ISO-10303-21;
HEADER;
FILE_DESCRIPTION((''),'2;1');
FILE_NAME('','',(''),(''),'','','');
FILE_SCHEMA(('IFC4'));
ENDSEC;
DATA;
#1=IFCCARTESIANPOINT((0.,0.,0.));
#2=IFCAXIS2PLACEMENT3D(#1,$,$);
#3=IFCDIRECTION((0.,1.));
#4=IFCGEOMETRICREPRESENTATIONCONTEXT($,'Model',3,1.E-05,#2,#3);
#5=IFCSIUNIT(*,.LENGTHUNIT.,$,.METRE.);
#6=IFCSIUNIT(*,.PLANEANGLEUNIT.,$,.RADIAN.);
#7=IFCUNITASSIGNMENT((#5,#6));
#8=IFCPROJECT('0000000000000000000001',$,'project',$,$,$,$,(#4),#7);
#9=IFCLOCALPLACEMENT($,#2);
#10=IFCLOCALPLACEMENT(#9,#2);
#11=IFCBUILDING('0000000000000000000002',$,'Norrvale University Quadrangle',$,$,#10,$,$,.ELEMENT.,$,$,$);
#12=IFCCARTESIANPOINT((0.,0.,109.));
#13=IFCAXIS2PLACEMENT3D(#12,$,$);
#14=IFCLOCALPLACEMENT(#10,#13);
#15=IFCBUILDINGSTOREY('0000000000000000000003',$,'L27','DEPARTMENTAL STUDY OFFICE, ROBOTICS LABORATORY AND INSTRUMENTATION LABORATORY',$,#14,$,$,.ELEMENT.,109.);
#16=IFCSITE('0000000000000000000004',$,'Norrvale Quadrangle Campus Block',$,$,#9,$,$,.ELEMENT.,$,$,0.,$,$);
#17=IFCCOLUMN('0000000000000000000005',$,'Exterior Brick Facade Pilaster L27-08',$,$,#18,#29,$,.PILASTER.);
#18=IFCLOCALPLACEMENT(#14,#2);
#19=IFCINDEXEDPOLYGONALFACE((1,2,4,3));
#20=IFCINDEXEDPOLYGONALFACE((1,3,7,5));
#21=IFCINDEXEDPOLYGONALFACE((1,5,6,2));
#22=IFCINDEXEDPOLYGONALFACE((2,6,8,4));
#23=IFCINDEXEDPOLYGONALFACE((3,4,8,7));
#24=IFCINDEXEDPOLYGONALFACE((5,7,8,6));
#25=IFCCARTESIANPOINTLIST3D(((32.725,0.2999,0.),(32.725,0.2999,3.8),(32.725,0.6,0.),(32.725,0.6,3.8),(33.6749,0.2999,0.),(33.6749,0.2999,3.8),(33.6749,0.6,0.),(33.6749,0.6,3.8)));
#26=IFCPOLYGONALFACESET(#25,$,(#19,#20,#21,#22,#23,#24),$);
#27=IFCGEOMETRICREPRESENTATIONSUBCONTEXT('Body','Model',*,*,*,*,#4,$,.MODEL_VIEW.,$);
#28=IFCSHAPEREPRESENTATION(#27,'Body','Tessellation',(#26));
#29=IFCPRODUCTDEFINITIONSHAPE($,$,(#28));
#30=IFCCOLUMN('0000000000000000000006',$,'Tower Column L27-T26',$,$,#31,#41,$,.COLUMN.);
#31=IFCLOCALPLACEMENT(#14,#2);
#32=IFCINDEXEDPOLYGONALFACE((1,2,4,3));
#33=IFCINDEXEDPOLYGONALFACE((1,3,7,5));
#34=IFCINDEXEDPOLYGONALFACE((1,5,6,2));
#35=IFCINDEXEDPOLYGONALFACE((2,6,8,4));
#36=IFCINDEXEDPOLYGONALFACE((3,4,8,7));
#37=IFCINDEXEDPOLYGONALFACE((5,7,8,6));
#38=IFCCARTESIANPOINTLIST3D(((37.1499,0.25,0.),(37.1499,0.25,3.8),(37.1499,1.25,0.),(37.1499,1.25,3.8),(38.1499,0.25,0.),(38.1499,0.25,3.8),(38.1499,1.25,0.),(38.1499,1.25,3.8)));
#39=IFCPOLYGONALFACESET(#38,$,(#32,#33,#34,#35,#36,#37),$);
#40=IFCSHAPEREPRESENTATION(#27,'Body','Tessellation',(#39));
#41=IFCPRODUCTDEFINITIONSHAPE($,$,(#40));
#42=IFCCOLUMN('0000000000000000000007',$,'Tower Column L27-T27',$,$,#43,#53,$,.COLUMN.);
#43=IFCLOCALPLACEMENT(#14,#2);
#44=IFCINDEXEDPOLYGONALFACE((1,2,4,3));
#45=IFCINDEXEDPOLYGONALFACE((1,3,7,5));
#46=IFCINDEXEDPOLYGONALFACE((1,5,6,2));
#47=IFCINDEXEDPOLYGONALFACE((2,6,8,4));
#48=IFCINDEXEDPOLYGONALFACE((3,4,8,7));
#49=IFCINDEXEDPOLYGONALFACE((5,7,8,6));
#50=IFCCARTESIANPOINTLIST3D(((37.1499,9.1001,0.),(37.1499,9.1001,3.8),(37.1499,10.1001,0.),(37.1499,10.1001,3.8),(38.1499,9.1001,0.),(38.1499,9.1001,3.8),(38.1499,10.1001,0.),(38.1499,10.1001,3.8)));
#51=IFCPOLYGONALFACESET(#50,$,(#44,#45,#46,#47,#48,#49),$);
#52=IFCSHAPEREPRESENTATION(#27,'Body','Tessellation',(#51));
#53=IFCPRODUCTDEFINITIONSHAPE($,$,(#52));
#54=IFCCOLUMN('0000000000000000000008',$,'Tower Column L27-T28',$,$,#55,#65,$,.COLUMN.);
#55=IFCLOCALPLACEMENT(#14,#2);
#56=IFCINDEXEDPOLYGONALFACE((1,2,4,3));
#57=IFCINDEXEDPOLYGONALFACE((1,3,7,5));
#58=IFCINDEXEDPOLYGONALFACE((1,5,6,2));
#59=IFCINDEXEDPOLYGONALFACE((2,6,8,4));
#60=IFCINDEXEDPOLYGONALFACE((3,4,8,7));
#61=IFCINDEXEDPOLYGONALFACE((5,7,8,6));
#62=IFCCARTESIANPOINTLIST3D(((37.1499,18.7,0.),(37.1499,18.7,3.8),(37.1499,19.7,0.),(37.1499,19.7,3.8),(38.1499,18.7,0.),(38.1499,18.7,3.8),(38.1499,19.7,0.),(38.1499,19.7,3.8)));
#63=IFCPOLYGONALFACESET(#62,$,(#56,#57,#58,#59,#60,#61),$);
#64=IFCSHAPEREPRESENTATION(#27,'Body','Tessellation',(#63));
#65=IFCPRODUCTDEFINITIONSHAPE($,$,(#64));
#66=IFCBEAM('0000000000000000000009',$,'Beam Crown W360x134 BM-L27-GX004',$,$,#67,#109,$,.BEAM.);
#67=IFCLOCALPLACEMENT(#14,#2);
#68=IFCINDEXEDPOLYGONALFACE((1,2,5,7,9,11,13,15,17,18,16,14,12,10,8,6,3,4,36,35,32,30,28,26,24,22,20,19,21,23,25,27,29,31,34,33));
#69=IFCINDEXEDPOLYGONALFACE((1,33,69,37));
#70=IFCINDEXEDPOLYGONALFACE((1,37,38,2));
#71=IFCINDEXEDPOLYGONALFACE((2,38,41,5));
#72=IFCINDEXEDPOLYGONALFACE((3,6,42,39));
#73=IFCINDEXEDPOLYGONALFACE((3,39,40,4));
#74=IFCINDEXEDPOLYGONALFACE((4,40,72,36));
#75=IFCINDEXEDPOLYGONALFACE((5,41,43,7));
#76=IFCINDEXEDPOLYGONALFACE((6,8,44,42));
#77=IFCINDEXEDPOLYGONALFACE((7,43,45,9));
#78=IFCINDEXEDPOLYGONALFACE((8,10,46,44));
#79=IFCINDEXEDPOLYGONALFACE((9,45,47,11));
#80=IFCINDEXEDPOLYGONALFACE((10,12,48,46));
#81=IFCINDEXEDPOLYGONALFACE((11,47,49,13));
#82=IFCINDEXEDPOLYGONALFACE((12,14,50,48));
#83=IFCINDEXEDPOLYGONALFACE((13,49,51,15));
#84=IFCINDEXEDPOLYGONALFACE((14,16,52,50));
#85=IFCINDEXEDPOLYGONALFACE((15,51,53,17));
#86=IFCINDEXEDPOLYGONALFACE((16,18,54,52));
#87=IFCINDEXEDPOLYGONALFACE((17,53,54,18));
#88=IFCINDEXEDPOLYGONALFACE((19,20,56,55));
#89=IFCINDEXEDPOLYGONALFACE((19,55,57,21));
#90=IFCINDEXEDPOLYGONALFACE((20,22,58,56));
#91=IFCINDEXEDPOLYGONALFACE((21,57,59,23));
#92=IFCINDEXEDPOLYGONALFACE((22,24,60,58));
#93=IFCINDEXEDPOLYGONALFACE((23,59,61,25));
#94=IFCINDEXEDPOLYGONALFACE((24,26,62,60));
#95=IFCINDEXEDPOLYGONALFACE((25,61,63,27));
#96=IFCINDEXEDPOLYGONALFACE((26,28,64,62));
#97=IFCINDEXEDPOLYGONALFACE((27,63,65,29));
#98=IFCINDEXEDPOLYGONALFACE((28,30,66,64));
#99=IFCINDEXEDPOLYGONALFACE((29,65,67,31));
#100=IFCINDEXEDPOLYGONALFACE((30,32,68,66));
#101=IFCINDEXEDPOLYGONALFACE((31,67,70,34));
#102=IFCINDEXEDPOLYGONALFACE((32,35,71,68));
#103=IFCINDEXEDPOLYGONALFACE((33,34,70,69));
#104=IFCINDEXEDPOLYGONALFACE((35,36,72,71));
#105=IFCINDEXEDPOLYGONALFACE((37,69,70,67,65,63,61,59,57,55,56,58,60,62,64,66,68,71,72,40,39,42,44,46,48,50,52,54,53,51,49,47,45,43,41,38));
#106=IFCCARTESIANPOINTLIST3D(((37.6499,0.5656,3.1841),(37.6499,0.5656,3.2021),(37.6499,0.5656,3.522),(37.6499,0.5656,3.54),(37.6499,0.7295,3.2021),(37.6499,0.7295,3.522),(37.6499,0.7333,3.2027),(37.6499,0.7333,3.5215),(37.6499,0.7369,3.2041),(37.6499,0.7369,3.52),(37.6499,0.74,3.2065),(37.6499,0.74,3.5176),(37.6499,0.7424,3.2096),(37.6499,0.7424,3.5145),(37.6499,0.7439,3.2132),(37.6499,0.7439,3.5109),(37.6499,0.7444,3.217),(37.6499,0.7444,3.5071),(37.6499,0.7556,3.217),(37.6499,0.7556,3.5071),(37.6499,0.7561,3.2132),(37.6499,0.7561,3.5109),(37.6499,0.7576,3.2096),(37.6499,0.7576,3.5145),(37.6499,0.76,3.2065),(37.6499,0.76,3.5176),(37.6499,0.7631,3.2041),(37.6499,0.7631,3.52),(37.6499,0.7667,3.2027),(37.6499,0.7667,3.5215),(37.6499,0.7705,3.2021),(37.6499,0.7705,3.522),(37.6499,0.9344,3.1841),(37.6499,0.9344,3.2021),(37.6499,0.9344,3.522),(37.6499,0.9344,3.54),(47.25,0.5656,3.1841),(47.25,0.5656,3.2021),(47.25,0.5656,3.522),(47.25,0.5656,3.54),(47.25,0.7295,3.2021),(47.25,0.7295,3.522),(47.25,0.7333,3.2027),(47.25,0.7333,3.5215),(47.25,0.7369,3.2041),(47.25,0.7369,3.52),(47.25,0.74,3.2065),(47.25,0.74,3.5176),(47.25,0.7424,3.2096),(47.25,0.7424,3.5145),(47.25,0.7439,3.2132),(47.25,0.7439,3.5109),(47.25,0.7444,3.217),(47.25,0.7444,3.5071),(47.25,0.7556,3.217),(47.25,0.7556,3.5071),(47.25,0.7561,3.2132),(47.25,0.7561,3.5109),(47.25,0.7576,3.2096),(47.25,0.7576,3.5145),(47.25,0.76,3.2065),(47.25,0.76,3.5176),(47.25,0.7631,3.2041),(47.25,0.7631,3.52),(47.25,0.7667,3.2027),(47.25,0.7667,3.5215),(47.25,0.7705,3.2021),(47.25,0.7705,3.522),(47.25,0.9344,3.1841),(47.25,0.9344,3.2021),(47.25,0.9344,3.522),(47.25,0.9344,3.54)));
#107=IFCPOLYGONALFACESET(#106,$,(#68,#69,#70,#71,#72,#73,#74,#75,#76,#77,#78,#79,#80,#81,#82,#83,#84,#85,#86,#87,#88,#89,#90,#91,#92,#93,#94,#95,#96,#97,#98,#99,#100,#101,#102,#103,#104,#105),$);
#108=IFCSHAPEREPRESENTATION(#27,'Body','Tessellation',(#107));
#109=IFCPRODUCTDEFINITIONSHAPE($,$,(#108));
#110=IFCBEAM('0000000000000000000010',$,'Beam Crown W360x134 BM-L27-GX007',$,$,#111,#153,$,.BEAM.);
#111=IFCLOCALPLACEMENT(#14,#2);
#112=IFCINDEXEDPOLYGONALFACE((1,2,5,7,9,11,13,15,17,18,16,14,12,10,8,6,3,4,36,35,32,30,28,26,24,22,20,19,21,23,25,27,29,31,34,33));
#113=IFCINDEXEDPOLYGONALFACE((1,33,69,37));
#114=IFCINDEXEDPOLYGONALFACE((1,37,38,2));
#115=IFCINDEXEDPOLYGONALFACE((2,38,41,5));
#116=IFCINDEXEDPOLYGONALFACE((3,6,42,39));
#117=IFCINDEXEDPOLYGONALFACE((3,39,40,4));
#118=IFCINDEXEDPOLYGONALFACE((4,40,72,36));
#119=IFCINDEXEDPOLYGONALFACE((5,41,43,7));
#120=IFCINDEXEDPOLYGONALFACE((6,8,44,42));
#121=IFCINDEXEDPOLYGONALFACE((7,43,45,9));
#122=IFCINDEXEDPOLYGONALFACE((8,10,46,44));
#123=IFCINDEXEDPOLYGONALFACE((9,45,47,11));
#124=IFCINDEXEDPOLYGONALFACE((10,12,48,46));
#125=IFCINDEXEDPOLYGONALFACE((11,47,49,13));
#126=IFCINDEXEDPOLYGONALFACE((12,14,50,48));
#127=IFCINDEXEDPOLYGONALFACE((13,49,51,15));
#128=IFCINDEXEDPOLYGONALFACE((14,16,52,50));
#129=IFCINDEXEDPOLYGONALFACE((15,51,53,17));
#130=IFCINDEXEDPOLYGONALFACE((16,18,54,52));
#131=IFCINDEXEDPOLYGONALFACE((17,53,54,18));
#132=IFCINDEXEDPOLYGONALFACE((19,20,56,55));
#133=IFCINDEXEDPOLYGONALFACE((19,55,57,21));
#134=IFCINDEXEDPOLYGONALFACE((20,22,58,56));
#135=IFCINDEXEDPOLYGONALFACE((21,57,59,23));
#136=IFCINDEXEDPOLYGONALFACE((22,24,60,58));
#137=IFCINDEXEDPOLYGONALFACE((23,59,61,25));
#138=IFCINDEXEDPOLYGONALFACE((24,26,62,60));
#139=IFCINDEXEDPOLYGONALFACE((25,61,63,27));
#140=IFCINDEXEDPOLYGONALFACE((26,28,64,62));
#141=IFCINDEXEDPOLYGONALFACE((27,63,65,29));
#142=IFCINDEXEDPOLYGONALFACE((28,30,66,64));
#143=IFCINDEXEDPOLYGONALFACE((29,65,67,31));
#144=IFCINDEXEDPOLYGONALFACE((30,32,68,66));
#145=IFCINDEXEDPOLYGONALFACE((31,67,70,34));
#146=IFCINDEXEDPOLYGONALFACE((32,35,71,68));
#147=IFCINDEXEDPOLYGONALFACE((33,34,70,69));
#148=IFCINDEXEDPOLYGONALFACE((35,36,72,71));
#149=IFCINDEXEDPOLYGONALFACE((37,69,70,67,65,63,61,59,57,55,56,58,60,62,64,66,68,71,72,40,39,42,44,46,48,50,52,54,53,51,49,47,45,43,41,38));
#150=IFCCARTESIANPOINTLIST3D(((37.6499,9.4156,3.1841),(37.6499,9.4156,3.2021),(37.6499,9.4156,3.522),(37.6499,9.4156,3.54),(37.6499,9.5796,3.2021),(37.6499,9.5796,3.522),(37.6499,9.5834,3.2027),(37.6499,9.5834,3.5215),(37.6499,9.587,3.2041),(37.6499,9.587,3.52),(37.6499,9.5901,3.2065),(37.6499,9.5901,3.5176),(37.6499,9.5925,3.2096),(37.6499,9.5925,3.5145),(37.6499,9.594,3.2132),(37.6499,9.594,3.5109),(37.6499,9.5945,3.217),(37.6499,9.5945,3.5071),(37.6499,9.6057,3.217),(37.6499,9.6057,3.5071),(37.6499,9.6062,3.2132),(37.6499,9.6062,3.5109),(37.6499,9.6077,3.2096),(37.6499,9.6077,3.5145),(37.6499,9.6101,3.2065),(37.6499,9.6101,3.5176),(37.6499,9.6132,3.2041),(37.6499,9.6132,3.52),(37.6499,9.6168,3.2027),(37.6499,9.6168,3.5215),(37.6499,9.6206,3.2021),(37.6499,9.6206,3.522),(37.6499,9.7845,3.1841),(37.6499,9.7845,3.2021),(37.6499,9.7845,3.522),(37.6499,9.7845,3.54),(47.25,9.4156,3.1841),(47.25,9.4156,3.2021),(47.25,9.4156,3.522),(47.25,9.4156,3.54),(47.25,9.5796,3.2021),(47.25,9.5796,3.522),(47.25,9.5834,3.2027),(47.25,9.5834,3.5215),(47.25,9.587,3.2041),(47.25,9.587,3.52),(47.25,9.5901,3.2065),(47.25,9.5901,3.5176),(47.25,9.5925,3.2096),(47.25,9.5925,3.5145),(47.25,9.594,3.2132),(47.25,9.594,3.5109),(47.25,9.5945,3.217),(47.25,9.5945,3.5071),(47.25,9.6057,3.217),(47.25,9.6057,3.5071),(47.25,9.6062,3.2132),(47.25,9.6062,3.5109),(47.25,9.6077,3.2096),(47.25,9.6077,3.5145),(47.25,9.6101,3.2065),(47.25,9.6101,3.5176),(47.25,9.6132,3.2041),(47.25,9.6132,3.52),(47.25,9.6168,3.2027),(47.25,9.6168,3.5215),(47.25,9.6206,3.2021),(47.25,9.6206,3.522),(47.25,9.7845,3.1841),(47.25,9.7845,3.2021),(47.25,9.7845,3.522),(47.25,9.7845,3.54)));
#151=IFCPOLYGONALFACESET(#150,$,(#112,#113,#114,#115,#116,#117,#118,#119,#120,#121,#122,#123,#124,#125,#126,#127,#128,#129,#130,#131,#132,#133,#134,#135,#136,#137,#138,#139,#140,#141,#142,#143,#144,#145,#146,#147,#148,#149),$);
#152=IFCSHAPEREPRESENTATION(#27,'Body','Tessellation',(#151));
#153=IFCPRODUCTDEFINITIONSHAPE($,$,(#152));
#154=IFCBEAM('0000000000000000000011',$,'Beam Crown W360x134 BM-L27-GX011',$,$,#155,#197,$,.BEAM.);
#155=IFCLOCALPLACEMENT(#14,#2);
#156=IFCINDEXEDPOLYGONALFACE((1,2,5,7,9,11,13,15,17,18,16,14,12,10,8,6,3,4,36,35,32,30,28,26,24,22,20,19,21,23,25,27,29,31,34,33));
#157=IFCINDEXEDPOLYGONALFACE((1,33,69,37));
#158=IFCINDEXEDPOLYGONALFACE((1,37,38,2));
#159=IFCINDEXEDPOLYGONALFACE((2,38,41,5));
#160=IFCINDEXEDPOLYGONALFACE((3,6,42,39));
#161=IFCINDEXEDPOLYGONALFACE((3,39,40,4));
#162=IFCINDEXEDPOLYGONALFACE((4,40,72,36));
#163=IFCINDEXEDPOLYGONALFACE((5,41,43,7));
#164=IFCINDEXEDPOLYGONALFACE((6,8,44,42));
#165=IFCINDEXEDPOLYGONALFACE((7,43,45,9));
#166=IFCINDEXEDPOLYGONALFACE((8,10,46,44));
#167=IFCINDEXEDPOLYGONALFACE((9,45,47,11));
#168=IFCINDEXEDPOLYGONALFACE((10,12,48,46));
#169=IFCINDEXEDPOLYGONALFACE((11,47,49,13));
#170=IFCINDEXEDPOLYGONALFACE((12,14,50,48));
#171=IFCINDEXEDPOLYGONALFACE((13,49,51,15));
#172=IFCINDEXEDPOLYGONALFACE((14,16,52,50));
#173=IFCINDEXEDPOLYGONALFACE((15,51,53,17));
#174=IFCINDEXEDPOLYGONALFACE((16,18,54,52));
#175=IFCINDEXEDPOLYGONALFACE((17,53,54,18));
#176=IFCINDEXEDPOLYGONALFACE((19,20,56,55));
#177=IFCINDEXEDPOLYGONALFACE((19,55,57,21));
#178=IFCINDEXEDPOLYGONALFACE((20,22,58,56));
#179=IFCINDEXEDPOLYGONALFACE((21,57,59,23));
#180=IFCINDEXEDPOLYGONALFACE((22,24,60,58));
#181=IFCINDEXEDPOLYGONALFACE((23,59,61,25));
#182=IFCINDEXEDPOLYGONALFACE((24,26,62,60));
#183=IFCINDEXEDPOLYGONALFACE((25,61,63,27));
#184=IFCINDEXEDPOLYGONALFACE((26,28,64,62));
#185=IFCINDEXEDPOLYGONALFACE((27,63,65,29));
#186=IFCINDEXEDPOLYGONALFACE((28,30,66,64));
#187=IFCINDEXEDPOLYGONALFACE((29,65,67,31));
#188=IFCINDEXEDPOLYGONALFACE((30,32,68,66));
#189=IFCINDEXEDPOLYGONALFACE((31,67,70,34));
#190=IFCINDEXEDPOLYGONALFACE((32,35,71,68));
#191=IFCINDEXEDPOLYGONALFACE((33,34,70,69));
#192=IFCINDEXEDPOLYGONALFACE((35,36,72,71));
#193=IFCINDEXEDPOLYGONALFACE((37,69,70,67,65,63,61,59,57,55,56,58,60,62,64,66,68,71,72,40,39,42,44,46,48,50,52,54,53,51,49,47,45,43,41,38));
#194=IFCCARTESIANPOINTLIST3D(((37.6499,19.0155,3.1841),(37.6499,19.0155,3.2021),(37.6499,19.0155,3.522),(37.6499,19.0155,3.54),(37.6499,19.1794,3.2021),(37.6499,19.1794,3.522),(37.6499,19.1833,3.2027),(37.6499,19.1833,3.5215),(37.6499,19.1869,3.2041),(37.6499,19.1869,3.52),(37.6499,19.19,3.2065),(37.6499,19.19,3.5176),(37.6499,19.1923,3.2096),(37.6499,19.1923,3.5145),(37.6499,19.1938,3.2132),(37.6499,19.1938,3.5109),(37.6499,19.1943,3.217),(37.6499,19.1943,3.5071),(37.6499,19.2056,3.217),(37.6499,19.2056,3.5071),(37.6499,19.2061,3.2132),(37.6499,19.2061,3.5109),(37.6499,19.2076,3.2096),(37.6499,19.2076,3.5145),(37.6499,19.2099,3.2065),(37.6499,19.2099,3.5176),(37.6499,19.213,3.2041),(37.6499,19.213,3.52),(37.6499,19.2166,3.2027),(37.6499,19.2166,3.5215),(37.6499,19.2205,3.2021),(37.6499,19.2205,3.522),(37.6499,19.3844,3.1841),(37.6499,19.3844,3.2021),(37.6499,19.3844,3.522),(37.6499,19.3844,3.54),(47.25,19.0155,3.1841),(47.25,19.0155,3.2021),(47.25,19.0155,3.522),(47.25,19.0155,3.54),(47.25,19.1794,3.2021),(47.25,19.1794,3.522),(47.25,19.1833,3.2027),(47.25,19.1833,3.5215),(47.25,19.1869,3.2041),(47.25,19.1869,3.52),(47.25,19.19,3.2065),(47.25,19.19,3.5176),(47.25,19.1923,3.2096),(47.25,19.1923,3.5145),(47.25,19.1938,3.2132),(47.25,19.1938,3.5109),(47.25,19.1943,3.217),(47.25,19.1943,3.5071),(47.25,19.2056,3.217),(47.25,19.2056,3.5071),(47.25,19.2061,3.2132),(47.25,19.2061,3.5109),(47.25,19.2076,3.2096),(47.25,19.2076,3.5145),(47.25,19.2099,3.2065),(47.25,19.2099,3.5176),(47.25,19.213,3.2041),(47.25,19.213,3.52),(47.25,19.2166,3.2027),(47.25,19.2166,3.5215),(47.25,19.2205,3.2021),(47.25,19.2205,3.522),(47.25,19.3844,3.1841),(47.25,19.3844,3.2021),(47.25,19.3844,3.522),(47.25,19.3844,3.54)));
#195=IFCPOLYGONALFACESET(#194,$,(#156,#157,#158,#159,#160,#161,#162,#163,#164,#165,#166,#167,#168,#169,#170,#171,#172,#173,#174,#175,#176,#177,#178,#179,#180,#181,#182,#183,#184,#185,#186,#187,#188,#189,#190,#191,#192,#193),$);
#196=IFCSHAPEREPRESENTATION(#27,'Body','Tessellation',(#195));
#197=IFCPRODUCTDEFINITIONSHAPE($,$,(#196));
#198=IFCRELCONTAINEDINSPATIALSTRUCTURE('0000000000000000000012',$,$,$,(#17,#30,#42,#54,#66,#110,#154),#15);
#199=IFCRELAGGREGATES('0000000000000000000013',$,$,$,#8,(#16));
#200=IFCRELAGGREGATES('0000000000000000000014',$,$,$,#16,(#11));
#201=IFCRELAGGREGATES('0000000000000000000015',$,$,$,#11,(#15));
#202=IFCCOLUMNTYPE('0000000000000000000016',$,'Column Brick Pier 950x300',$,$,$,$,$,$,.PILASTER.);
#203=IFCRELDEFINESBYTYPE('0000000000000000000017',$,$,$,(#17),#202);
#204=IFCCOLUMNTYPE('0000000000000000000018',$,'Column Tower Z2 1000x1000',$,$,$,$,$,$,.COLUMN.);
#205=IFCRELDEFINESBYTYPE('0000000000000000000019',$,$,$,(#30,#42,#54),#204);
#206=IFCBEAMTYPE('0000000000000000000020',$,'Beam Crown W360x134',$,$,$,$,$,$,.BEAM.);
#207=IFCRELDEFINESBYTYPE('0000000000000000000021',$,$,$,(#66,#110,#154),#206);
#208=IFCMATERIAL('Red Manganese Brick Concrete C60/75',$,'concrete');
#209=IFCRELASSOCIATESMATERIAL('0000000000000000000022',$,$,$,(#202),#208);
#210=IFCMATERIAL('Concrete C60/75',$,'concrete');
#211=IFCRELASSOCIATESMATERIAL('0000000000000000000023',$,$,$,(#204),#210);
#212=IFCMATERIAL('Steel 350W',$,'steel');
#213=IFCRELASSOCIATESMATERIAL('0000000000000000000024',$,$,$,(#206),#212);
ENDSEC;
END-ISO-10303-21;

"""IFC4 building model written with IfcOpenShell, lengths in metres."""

from ifc_helpers import new_model, si_unit, direction, frame, origin, origin_2d, place, context, subcontext, project, spatial, rectangle, i_section, extrude, material, material_profile, profile_set, type_object, element, save


model = new_model("IFC4")

# Units and contexts
model_context = context("Model", 3, precision=1e-05, world=origin(), true_north=direction((0.0, 1.0)))
body_context = subcontext(model_context, "Body", "Model", "MODEL_VIEW")
ifc_project = project(units=[si_unit("LENGTHUNIT", "METRE"), si_unit("PLANEANGLEUNIT", "RADIAN")], contexts=[model_context])

# Site, building, storey
site_placement = place(None, origin())
site = spatial("IfcSite", under=ifc_project, at=site_placement, Name="Norrvale Quadrangle Campus Block", CompositionType="ELEMENT", RefElevation=0.0)
building_placement = place(site_placement, origin())
building = spatial("IfcBuilding", under=site, at=building_placement, Name="Norrvale University Quadrangle", CompositionType="ELEMENT")
storey_placement = place(building_placement, frame((0.0, 0.0, 109.0)))
storey = spatial("IfcBuildingStorey", under=building, at=storey_placement, Name="L27", Description="DEPARTMENTAL STUDY OFFICE, ROBOTICS LABORATORY AND INSTRUMENTATION LABORATORY", CompositionType="ELEMENT", Elevation=109.0)

# Columns
ifc_material_1 = material(Name="Red Manganese Brick Concrete C60/75", Category="concrete")
ifc_material_profile_1 = material_profile(ifc_material_1, rectangle(XDim=0.95, YDim=0.3, at=origin_2d()), Name="Red Manganese Brick Concrete C60/75")
ifc_profile_set_1 = profile_set([ifc_material_profile_1], Name="Red Manganese Brick Concrete C60/75")
column_type_1 = type_object("IfcColumnType", Name="Column Brick Pier 950x300", PredefinedType="PILASTER", material=ifc_profile_set_1)
column_placement = place(storey_placement, frame((33.2, 0.45, 0.0), z_axis=(0.0, 0.0, 1.0), x_axis=(1.0, 0.0, 0.0)))
element("IfcColumn", 1, at=column_placement, inside=storey, type_object=column_type_1, Name="Exterior Brick Facade Pilaster L27-08", PredefinedType="PILASTER", context=body_context, shape_type="SweptSolid", body=[
    extrude(rectangle(XDim=0.95, YDim=0.3, at=origin_2d()), origin(), (0.0, 0.0, 1.0), 3.8),
])
ifc_material_2 = material(Name="Concrete C60/75", Category="concrete")
ifc_material_profile_2 = material_profile(ifc_material_2, rectangle(XDim=1.0, YDim=1.0, at=origin_2d()), Name="Concrete C60/75")
ifc_profile_set_2 = profile_set([ifc_material_profile_2], Name="Concrete C60/75")
column_type_2 = type_object("IfcColumnType", Name="Column Tower Z2 1000x1000", PredefinedType="COLUMN", material=ifc_profile_set_2)
for number, where, z_axis, x_axis, name in (
    (2, (37.6499, 0.75, 0.0), (0.0, 0.0, 1.0), (1.0, 0.0, 0.0), "Tower Column L27-T26"),
    (3, (37.6499, 9.6001, 0.0), (0.0, 0.0, 1.0), (1.0, 0.0, 0.0), "Tower Column L27-T27"),
    (4, (37.6499, 19.2, 0.0), (0.0, 0.0, 1.0), (1.0, 0.0, 0.0), "Tower Column L27-T28"),
):
    element("IfcColumn", number, at=place(storey_placement, frame(where, z_axis=z_axis, x_axis=x_axis)), inside=storey, type_object=column_type_2, Name=name, PredefinedType="COLUMN", context=body_context, shape_type="SweptSolid", body=[
        extrude(rectangle(XDim=1.0, YDim=1.0, at=origin_2d()), origin(), (0.0, 0.0, 1.0), 3.8),
    ])

# Beams
ifc_material_3 = material(Name="Steel 350W", Category="steel")
ifc_material_profile_3 = material_profile(ifc_material_3, i_section(OverallWidth=0.3689, OverallDepth=0.356, WebThickness=0.0112, FlangeThickness=0.0181, FilletRadius=0.0149, at=origin_2d()), Name="Steel 350W")
ifc_profile_set_3 = profile_set([ifc_material_profile_3], Name="Steel 350W")
beam_type_1 = type_object("IfcBeamType", Name="Beam Crown W360x134", PredefinedType="BEAM", material=ifc_profile_set_3)
for number, where, z_axis, x_axis, name in (
    (5, (37.6499, 0.75, 3.3621), (1.0, 0.0, 0.0), (0.0, 1.0, 0.0), "Beam Crown W360x134 BM-L27-GX004"),
    (6, (37.6499, 9.6001, 3.3621), (1.0, 0.0, 0.0), (0.0, 1.0, 0.0), "Beam Crown W360x134 BM-L27-GX007"),
    (7, (37.6499, 19.2, 3.3621), (1.0, 0.0, 0.0), (0.0, 1.0, 0.0), "Beam Crown W360x134 BM-L27-GX011"),
):
    element("IfcBeam", number, at=place(storey_placement, frame(where, z_axis=z_axis, x_axis=x_axis)), inside=storey, type_object=beam_type_1, Name=name, PredefinedType="BEAM", context=body_context, shape_type="SweptSolid", body=[
        extrude(i_section(OverallWidth=0.3689, OverallDepth=0.356, WebThickness=0.0112, FlangeThickness=0.0181, FilletRadius=0.0149, at=origin_2d()), origin(), (0.0, 0.0, 1.0), 9.6001),
    ])

save(model, "model.ifc")
